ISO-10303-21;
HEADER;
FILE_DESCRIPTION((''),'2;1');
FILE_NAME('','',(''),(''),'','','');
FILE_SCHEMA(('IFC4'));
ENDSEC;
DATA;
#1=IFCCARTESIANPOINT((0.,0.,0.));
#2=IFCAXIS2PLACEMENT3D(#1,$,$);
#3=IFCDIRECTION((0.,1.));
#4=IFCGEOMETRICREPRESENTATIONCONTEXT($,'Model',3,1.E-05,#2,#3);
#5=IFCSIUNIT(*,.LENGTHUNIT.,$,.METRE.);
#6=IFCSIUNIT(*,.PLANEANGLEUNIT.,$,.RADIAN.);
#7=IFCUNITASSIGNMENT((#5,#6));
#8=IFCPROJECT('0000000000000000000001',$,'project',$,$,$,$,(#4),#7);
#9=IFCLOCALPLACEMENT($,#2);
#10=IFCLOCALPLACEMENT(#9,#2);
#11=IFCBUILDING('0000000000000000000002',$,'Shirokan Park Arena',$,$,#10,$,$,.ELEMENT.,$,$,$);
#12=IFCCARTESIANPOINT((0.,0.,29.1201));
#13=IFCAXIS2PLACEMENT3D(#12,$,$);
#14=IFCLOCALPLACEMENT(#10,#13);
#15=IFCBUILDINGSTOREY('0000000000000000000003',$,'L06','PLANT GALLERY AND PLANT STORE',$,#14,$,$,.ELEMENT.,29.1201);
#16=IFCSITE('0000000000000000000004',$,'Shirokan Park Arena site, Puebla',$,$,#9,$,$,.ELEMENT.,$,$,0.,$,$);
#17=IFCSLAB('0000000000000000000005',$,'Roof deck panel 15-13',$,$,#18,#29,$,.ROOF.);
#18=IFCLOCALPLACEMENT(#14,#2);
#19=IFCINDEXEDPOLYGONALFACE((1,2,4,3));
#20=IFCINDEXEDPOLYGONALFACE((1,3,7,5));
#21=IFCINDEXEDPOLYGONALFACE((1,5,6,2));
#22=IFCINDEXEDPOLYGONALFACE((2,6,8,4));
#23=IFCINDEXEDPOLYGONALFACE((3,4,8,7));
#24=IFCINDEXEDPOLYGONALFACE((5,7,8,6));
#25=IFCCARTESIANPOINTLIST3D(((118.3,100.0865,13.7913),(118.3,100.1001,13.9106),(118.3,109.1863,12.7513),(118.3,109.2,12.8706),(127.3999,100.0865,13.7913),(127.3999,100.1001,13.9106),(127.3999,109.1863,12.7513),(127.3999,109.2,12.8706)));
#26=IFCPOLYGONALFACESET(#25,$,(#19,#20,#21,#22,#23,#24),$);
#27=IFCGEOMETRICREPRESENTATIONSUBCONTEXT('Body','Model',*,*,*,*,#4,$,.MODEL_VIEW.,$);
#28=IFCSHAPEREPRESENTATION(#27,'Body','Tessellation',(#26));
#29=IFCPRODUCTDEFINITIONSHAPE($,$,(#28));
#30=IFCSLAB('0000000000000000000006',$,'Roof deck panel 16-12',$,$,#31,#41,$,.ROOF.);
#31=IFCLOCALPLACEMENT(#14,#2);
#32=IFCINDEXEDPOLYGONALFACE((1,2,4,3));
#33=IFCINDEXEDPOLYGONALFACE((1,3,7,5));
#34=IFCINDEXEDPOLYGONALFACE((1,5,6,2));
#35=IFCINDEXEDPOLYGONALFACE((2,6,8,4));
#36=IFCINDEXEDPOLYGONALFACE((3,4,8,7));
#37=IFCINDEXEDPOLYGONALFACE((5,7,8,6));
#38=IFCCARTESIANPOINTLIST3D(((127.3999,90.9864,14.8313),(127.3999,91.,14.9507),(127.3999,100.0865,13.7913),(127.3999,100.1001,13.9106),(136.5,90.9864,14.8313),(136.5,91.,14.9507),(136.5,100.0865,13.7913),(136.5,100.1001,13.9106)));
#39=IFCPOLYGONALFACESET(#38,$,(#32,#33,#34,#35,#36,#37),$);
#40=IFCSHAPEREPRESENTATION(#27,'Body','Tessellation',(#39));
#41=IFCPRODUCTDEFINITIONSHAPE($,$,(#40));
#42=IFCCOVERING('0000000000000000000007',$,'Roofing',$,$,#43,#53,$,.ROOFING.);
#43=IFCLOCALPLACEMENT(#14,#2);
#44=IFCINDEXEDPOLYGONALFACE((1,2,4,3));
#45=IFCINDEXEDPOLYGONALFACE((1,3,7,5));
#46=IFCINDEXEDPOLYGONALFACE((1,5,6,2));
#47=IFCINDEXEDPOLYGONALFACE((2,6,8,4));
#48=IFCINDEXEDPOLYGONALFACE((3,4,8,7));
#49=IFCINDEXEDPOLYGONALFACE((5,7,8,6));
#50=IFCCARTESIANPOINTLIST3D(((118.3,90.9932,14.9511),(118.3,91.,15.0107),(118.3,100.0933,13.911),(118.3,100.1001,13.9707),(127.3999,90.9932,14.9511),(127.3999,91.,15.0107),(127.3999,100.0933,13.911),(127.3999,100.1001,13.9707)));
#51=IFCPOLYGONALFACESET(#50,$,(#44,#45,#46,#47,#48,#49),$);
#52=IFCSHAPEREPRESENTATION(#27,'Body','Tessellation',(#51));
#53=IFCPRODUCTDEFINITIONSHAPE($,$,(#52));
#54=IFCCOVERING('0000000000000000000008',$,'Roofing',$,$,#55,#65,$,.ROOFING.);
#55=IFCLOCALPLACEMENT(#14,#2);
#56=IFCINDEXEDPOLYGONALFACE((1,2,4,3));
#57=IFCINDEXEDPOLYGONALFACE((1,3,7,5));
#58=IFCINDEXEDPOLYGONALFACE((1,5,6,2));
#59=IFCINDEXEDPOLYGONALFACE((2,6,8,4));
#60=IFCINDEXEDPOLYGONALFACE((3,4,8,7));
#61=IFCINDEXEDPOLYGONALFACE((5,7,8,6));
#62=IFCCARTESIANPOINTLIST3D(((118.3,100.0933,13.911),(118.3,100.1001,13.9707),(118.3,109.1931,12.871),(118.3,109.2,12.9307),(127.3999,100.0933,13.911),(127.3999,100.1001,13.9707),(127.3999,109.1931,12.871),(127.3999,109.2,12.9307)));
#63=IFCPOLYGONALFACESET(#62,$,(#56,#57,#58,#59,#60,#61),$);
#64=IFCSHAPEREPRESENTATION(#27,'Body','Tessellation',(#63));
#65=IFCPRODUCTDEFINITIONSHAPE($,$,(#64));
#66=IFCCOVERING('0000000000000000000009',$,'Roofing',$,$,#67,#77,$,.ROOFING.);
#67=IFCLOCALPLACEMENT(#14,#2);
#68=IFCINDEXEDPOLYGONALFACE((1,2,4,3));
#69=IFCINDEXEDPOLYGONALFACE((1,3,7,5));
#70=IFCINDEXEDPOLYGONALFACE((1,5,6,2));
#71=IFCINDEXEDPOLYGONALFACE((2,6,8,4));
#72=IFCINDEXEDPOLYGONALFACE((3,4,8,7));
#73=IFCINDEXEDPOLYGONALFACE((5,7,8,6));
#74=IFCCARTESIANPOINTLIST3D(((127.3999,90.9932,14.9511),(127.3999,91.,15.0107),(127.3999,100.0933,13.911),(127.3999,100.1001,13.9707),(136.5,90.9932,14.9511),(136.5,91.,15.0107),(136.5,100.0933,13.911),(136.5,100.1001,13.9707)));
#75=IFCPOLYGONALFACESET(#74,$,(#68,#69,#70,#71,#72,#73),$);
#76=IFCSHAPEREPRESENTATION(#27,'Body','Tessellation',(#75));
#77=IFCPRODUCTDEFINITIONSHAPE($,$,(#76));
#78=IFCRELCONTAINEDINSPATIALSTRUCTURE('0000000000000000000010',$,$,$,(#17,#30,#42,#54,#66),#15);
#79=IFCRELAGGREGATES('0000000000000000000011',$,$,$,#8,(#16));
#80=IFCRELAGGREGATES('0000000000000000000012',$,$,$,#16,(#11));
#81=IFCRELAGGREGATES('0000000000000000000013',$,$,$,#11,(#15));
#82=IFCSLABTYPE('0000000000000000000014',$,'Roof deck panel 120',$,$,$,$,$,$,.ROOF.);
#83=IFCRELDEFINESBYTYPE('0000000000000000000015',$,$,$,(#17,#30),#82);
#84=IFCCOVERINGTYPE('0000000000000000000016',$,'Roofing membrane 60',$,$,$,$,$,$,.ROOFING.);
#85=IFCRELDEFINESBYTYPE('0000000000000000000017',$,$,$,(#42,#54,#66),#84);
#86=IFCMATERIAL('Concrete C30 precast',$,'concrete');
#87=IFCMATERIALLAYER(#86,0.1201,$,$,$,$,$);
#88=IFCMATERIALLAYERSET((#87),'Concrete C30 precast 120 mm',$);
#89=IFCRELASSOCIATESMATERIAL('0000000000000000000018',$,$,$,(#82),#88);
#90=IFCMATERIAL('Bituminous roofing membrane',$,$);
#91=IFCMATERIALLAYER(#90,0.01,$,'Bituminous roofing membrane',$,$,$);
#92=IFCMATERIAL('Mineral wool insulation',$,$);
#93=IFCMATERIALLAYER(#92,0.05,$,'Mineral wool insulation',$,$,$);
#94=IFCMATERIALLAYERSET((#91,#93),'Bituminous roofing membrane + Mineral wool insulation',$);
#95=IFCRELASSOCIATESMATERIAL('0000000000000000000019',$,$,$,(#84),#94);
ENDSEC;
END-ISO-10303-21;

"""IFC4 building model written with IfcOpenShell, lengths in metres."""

from ifc_helpers import new_model, si_unit, direction, frame, origin, place, context, subcontext, project, spatial, polyline, outline, extrude, material, layer, layer_set, type_object, element, save


model = new_model("IFC4")

# Units and contexts
model_context = context("Model", 3, precision=1e-05, world=origin(), true_north=direction((0.0, 1.0)))
body_context = subcontext(model_context, "Body", "Model", "MODEL_VIEW")
ifc_project = project(units=[si_unit("LENGTHUNIT", "METRE"), si_unit("PLANEANGLEUNIT", "RADIAN")], contexts=[model_context])

# Site, building, storey
site_placement = place(None, origin())
site = spatial("IfcSite", under=ifc_project, at=site_placement, Name="Shirokan Park Arena site, Puebla", CompositionType="ELEMENT", RefElevation=0.0)
building_placement = place(site_placement, origin())
building = spatial("IfcBuilding", under=site, at=building_placement, Name="Shirokan Park Arena", CompositionType="ELEMENT")
storey_placement = place(building_placement, frame((0.0, 0.0, 29.1201)))
storey = spatial("IfcBuildingStorey", under=building, at=storey_placement, Name="L06", Description="PLANT GALLERY AND PLANT STORE", CompositionType="ELEMENT", Elevation=29.1201)

# Slabs
ifc_material_1 = material(Name="Concrete C30 precast", Category="concrete")
ifc_layer_1 = layer(ifc_material_1, 0.1201)
ifc_layer_set_1 = layer_set([ifc_layer_1], Name="Concrete C30 precast 120 mm")
slab_type = type_object("IfcSlabType", Name="Roof deck panel 120", PredefinedType="ROOF", material=ifc_layer_set_1)
slab_1_placement = place(storey_placement, frame((118.3, 100.1001, 13.9106), z_axis=(0.0, 0.113553, 0.993532), x_axis=(1.0, 0.0, 0.0)))
element("IfcSlab", 1, at=slab_1_placement, inside=storey, type_object=slab_type, Name="Roof deck panel 15-13", PredefinedType="ROOF", context=body_context, shape_type="SweptSolid", body=[
    extrude(outline(polyline([(0.0, 0.0), (9.0999, 0.0), (9.0999, 9.1591), (0.0, 9.1591), (0.0, 0.0)])), origin(), (0.0, 0.0, -1.0), 0.1201),
])
slab_2_placement = place(storey_placement, frame((127.3999, 91.0, 14.9507), z_axis=(0.0, 0.11355, 0.993532), x_axis=(1.0, 0.0, 0.0)))
element("IfcSlab", 2, at=slab_2_placement, inside=storey, type_object=slab_type, Name="Roof deck panel 16-12", PredefinedType="ROOF", context=body_context, shape_type="SweptSolid", body=[
    extrude(outline(polyline([(0.0, 0.0), (9.1001, 0.0), (9.1001, 9.1593), (0.0, 9.1593), (0.0, 0.0)])), origin(), (0.0, 0.0, -1.0), 0.1201),
])

# Coverings
ifc_material_2 = material(Name="Bituminous roofing membrane")
ifc_layer_2 = layer(ifc_material_2, 0.01, Name="Bituminous roofing membrane")
ifc_material_3 = material(Name="Mineral wool insulation")
ifc_layer_3 = layer(ifc_material_3, 0.05, Name="Mineral wool insulation")
ifc_layer_set_2 = layer_set([ifc_layer_2, ifc_layer_3], Name="Bituminous roofing membrane + Mineral wool insulation")
covering_type = type_object("IfcCoveringType", Name="Roofing membrane 60", PredefinedType="ROOFING", material=ifc_layer_set_2)
covering_1_placement = place(storey_placement, frame((118.3, 91.0, 15.0107), z_axis=(0.0, 0.11355, 0.993532), x_axis=(1.0, 0.0, 0.0)))
element("IfcCovering", 3, at=covering_1_placement, inside=storey, type_object=covering_type, Name="Roofing", PredefinedType="ROOFING", context=body_context, shape_type="SweptSolid", body=[
    extrude(outline(polyline([(0.0, 0.0), (9.0999, 0.0), (9.0999, 9.1593), (0.0, 9.1593), (0.0, 0.0)])), origin(), (0.0, 0.0, -1.0), 0.0601),
])
covering_2_placement = place(storey_placement, frame((118.3, 100.1001, 13.9707), z_axis=(0.0, 0.113553, 0.993532), x_axis=(1.0, 0.0, 0.0)))
element("IfcCovering", 4, at=covering_2_placement, inside=storey, type_object=covering_type, Name="Roofing", PredefinedType="ROOFING", context=body_context, shape_type="SweptSolid", body=[
    extrude(outline(polyline([(0.0, 0.0), (9.0999, 0.0), (9.0999, 9.1591), (0.0, 9.1591), (0.0, 0.0)])), origin(), (0.0, 0.0, -1.0), 0.0601),
])
covering_3_placement = place(storey_placement, frame((127.3999, 91.0, 15.0107), z_axis=(0.0, 0.11355, 0.993532), x_axis=(1.0, 0.0, 0.0)))
element("IfcCovering", 5, at=covering_3_placement, inside=storey, type_object=covering_type, Name="Roofing", PredefinedType="ROOFING", context=body_context, shape_type="SweptSolid", body=[
    extrude(outline(polyline([(0.0, 0.0), (9.1001, 0.0), (9.1001, 9.1593), (0.0, 9.1593), (0.0, 0.0)])), origin(), (0.0, 0.0, -1.0), 0.0601),
])

save(model, "model.ifc")
